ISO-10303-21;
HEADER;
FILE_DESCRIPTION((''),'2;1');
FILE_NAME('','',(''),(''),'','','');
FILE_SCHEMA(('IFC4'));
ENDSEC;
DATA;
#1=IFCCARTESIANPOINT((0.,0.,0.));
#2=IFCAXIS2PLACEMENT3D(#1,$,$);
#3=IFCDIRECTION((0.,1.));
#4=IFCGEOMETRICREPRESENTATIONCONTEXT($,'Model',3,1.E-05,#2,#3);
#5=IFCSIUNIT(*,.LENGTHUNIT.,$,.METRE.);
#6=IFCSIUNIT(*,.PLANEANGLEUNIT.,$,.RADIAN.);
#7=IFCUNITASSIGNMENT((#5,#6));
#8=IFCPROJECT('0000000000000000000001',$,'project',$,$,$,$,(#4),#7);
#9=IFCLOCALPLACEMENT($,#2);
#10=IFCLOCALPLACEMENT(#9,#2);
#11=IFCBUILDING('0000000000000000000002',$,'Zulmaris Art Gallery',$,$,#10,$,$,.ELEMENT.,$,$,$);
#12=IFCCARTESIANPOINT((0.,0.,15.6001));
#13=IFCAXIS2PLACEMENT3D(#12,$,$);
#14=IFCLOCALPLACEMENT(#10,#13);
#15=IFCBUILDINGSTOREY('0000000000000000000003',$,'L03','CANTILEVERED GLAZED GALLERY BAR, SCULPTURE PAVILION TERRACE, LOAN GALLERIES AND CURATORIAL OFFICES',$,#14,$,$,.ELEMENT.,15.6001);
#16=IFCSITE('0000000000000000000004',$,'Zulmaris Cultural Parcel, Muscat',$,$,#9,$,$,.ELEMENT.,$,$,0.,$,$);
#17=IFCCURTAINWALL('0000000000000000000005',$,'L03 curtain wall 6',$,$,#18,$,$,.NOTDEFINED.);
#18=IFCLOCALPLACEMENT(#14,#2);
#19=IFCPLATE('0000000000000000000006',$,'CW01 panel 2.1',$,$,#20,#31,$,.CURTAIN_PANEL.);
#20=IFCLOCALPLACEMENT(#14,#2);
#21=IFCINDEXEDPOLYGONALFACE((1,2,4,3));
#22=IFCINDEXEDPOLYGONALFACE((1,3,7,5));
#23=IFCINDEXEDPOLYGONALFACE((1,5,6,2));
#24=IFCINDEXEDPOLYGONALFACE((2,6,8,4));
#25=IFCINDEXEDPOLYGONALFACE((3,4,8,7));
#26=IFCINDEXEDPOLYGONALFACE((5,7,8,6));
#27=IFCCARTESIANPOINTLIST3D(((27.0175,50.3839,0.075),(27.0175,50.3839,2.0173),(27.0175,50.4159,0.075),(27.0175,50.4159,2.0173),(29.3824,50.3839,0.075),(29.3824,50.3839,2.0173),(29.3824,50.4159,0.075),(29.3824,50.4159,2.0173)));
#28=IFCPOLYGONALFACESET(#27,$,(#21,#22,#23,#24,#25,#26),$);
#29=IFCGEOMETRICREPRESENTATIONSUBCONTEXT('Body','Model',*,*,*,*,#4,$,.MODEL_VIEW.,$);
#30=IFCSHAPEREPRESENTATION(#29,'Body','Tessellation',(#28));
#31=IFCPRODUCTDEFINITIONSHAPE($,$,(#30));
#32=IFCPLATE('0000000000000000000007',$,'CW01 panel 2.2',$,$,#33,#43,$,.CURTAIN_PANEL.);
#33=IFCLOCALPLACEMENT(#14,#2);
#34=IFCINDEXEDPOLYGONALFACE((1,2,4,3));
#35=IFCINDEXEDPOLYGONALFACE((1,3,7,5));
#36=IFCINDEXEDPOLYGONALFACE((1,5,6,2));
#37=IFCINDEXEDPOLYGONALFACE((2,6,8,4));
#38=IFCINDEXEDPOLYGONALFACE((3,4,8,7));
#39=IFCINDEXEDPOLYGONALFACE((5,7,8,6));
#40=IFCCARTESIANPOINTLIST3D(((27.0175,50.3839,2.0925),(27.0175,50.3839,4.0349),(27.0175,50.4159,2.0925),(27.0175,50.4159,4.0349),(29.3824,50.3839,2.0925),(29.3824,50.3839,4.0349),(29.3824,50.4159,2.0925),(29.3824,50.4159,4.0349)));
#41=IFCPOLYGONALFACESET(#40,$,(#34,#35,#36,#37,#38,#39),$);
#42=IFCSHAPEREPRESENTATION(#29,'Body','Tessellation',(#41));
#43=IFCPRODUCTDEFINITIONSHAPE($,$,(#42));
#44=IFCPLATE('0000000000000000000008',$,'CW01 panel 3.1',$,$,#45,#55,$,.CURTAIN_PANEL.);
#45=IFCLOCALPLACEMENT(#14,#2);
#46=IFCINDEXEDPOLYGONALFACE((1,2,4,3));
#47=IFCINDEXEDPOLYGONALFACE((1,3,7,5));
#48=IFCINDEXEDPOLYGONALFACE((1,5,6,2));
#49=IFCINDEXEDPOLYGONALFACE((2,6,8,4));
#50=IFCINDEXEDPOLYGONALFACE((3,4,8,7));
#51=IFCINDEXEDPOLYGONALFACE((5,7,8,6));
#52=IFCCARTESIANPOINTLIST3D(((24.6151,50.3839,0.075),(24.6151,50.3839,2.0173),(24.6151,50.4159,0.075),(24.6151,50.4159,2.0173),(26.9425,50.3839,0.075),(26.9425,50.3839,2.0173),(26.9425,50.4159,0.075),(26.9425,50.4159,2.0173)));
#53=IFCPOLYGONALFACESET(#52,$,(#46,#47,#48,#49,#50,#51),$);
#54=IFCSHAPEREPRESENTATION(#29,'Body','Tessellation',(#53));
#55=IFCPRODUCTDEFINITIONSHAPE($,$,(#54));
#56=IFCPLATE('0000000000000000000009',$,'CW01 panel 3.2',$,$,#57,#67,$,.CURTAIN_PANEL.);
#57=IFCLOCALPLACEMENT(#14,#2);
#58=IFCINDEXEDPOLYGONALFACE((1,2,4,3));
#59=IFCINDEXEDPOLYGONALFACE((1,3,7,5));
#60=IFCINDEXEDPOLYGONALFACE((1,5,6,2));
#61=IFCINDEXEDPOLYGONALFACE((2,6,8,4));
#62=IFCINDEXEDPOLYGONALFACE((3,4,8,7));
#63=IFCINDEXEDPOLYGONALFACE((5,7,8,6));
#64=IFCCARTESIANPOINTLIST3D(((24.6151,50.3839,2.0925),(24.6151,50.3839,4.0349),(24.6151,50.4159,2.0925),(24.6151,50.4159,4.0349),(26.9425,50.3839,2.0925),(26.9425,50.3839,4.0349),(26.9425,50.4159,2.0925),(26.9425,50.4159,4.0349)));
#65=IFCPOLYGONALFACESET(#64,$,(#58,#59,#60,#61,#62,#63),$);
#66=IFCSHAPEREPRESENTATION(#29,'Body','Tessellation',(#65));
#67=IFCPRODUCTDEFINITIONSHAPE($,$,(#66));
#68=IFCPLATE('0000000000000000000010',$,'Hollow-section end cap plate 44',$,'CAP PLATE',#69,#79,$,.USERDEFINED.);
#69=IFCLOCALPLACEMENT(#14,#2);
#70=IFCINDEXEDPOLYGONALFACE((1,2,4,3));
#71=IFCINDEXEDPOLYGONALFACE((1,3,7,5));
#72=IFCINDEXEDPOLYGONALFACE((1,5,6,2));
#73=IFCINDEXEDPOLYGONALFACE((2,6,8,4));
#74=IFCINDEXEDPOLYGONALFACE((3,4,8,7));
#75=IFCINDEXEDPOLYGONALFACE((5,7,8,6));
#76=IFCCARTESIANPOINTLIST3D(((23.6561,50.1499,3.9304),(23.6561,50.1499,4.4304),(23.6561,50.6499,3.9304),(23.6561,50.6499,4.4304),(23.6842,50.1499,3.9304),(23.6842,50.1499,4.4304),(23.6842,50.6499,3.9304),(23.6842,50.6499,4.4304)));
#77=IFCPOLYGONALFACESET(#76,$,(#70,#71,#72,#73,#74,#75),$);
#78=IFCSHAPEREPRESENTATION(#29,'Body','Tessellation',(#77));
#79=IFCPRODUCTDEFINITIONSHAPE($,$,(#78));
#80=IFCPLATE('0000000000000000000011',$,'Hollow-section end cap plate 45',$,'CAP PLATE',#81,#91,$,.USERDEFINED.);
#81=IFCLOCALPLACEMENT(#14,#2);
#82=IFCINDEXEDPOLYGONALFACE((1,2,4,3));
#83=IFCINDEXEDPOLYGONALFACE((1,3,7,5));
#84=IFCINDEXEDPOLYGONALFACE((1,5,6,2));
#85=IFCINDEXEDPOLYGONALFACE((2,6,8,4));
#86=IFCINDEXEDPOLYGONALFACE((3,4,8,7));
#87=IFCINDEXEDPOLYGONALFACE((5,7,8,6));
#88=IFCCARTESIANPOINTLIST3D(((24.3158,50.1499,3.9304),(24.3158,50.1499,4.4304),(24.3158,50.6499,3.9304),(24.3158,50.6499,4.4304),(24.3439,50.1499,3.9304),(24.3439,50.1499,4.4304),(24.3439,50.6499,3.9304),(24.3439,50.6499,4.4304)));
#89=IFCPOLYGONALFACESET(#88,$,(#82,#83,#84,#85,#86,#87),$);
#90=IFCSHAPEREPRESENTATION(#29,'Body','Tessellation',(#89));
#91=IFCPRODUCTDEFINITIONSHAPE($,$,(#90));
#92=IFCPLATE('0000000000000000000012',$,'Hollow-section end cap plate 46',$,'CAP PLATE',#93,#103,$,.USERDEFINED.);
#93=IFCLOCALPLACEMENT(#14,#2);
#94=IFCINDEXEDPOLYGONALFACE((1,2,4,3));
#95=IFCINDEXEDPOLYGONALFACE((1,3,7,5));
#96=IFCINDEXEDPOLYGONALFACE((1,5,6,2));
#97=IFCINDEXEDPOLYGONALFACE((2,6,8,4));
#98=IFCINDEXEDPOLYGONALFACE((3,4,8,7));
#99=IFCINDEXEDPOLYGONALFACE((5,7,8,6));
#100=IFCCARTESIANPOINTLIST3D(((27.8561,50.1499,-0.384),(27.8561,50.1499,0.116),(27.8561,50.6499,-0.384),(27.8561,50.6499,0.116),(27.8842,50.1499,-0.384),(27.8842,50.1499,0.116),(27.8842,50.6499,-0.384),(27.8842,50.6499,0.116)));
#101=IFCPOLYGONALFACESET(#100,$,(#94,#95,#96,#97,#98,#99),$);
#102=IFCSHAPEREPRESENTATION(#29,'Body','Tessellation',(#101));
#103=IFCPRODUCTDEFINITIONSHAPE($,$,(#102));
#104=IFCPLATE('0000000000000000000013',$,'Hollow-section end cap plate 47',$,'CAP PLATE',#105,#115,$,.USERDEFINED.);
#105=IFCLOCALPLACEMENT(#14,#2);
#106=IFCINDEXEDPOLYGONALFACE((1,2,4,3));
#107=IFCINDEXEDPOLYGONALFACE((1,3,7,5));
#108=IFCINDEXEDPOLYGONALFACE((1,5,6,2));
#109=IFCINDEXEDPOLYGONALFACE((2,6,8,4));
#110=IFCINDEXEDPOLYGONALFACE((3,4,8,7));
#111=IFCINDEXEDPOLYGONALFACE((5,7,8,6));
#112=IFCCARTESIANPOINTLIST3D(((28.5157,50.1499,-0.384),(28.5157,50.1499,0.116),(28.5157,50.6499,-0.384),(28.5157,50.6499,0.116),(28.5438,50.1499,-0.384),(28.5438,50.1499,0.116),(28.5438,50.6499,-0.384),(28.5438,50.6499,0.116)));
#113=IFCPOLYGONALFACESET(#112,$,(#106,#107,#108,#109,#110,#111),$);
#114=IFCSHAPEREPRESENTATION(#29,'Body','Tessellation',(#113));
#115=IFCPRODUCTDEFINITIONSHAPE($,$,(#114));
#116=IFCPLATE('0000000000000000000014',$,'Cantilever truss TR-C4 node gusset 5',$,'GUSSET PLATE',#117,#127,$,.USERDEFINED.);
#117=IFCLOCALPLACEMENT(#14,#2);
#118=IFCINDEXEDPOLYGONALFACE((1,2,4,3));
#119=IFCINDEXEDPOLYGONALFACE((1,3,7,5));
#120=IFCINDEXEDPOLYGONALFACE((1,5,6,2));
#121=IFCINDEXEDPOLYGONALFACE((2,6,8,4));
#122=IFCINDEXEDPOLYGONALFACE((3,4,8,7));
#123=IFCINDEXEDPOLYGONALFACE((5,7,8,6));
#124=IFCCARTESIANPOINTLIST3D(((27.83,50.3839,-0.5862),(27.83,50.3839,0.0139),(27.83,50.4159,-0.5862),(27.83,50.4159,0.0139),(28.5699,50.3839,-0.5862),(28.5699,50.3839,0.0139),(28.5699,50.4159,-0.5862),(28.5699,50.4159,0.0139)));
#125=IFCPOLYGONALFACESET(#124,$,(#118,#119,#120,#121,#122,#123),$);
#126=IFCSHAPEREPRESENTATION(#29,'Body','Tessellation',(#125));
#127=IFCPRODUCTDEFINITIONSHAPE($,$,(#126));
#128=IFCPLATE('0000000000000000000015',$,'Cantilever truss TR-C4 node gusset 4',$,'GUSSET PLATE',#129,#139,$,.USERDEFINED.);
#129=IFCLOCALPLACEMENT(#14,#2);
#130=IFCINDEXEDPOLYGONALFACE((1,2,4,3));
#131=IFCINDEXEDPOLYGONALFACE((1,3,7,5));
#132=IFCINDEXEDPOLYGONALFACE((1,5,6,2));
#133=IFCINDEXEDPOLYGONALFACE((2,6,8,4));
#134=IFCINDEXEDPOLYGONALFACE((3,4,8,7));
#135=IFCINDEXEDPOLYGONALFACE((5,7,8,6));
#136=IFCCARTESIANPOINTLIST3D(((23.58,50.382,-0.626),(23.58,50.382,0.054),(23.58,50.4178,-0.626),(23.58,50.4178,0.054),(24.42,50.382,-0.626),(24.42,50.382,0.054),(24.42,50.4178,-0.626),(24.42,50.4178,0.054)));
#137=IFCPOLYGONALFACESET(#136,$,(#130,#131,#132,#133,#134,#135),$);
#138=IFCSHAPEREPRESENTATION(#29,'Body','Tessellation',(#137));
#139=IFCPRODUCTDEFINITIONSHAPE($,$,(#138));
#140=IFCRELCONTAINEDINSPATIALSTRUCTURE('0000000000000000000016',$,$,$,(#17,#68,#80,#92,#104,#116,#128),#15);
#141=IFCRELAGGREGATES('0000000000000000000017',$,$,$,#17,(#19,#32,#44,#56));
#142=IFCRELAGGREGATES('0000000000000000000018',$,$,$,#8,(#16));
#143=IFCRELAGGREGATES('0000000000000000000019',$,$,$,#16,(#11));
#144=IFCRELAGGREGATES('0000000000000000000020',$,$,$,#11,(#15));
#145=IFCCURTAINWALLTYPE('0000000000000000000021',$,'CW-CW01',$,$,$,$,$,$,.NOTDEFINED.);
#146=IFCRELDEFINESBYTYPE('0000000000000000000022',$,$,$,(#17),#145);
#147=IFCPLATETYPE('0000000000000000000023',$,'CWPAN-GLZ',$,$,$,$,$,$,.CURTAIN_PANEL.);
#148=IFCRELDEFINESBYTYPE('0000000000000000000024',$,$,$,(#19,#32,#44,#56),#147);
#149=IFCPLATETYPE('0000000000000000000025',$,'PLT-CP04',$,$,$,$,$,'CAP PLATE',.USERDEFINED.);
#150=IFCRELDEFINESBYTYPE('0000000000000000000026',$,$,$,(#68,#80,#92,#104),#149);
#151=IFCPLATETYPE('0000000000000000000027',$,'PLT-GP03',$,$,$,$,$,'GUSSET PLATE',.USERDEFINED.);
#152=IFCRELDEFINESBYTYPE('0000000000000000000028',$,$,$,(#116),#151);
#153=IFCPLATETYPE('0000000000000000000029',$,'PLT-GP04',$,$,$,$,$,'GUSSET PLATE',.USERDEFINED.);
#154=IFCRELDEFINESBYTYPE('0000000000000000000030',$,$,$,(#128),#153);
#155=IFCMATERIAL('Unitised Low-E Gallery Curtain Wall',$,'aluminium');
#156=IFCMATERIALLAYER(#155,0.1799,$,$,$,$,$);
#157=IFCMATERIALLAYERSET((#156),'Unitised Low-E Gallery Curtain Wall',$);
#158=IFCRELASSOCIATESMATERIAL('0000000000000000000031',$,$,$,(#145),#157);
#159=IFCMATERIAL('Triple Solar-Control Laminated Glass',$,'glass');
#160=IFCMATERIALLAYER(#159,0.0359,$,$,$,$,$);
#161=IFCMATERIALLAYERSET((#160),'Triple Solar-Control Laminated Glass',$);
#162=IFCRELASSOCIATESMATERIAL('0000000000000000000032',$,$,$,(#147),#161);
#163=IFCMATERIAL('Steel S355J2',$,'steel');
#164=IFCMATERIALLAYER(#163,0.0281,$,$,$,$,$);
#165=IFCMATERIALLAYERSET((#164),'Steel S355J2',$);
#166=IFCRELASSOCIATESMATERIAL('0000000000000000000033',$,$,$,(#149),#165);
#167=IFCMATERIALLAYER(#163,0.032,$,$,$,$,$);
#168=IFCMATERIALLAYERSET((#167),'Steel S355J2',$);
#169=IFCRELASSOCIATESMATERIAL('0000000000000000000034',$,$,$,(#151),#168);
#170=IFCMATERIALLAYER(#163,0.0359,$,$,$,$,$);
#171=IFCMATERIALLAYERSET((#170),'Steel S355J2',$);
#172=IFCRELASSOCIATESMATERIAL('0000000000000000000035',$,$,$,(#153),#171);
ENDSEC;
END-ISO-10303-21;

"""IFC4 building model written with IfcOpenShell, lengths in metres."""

from ifc_helpers import new_model, si_unit, direction, frame, origin, origin_2d, place, context, subcontext, project, spatial, rectangle, extrude, material, layer, layer_set, type_object, element, aggregate, save


model = new_model("IFC4")

# Units and contexts
model_context = context("Model", 3, precision=1e-05, world=origin(), true_north=direction((0.0, 1.0)))
body_context = subcontext(model_context, "Body", "Model", "MODEL_VIEW")
ifc_project = project(units=[si_unit("LENGTHUNIT", "METRE"), si_unit("PLANEANGLEUNIT", "RADIAN")], contexts=[model_context])

# Site, building, storey
site_placement = place(None, origin())
site = spatial("IfcSite", under=ifc_project, at=site_placement, Name="Zulmaris Cultural Parcel, Muscat", CompositionType="ELEMENT", RefElevation=0.0)
building_placement = place(site_placement, origin())
building = spatial("IfcBuilding", under=site, at=building_placement, Name="Zulmaris Art Gallery", CompositionType="ELEMENT")
storey_placement = place(building_placement, frame((0.0, 0.0, 15.6001)))
storey = spatial("IfcBuildingStorey", under=building, at=storey_placement, Name="L03", Description="CANTILEVERED GLAZED GALLERY BAR, SCULPTURE PAVILION TERRACE, LOAN GALLERIES AND CURATORIAL OFFICES", CompositionType="ELEMENT", Elevation=15.6001)

# Curtain wall
ifc_material_1 = material(Name="Unitised Low-E Gallery Curtain Wall", Category="aluminium")
ifc_layer_1 = layer(ifc_material_1, 0.1799)
ifc_layer_set_1 = layer_set([ifc_layer_1], Name="Unitised Low-E Gallery Curtain Wall")
curtain_wall_type = type_object("IfcCurtainWallType", Name="CW-CW01", PredefinedType="NOTDEFINED", material=ifc_layer_set_1)
curtain_wall_1_placement = place(storey_placement, origin())
curtain_wall_1 = element("IfcCurtainWall", 1, at=curtain_wall_1_placement, inside=storey, type_object=curtain_wall_type, Name="L03 curtain wall 6", PredefinedType="NOTDEFINED")

# Shared definitions
ifc_material_2 = material(Name="Steel S355J2", Category="steel")

# Plates
ifc_material_3 = material(Name="Triple Solar-Control Laminated Glass", Category="glass")
ifc_layer_2 = layer(ifc_material_3, 0.0359)
ifc_layer_set_2 = layer_set([ifc_layer_2], Name="Triple Solar-Control Laminated Glass")
plate_type_1 = type_object("IfcPlateType", Name="CWPAN-GLZ", PredefinedType="CURTAIN_PANEL", material=ifc_layer_set_2)
plate_1_placement = place(storey_placement, frame((28.2, 50.3999, 0.075), z_axis=(0.0, 0.0, 1.0), x_axis=(-1.0, 0.0, 0.0)))
plate_1 = element("IfcPlate", 2, at=plate_1_placement, type_object=plate_type_1, Name="CW01 panel 2.1", PredefinedType="CURTAIN_PANEL", context=body_context, shape_type="SweptSolid", body=[
    extrude(rectangle(XDim=2.365, YDim=0.032, at=origin_2d()), origin(), (0.0, 0.0, 1.0), 1.9424),
])
plate_2_placement = place(storey_placement, frame((28.2, 50.3999, 2.0925), z_axis=(0.0, 0.0, 1.0), x_axis=(-1.0, 0.0, 0.0)))
plate_2 = element("IfcPlate", 3, at=plate_2_placement, type_object=plate_type_1, Name="CW01 panel 2.2", PredefinedType="CURTAIN_PANEL", context=body_context, shape_type="SweptSolid", body=[
    extrude(rectangle(XDim=2.365, YDim=0.032, at=origin_2d()), origin(), (0.0, 0.0, 1.0), 1.9424),
])
plate_3_placement = place(storey_placement, frame((25.7788, 50.3999, 0.075), z_axis=(0.0, 0.0, 1.0), x_axis=(-1.0, 0.0, 0.0)))
plate_3 = element("IfcPlate", 4, at=plate_3_placement, type_object=plate_type_1, Name="CW01 panel 3.1", PredefinedType="CURTAIN_PANEL", context=body_context, shape_type="SweptSolid", body=[
    extrude(rectangle(XDim=2.3274, YDim=0.032, at=origin_2d()), origin(), (0.0, 0.0, 1.0), 1.9424),
])
plate_4_placement = place(storey_placement, frame((25.7788, 50.3999, 2.0925), z_axis=(0.0, 0.0, 1.0), x_axis=(-1.0, 0.0, 0.0)))
plate_4 = element("IfcPlate", 5, at=plate_4_placement, type_object=plate_type_1, Name="CW01 panel 3.2", PredefinedType="CURTAIN_PANEL", context=body_context, shape_type="SweptSolid", body=[
    extrude(rectangle(XDim=2.3274, YDim=0.032, at=origin_2d()), origin(), (0.0, 0.0, 1.0), 1.9424),
])
aggregate(curtain_wall_1, [plate_1, plate_2, plate_3, plate_4])

# Plates
ifc_layer_3 = layer(ifc_material_2, 0.0281)
ifc_layer_set_3 = layer_set([ifc_layer_3], Name="Steel S355J2")
plate_type_2 = type_object("IfcPlateType", Name="PLT-CP04", ElementType="CAP PLATE", PredefinedType="USERDEFINED", material=ifc_layer_set_3)
for number, where, z_axis, x_axis, name in (
    (6, (23.6702, 50.3999, 3.9304), (0.0, 0.0, 1.0), (1.0, 0.0, 0.0), "Hollow-section end cap plate 44"),
    (7, (24.3298, 50.3999, 3.9304), (0.0, 0.0, 1.0), (1.0, 0.0, 0.0), "Hollow-section end cap plate 45"),
    (8, (27.8701, 50.3999, -0.384), (0.0, 0.0, 1.0), (1.0, 0.0, 0.0), "Hollow-section end cap plate 46"),
    (9, (28.5298, 50.3999, -0.384), (0.0, 0.0, 1.0), (1.0, 0.0, 0.0), "Hollow-section end cap plate 47"),
):
    element("IfcPlate", number, at=place(storey_placement, frame(where, z_axis=z_axis, x_axis=x_axis)), inside=storey, type_object=plate_type_2, Name=name, ObjectType="CAP PLATE", PredefinedType="USERDEFINED", context=body_context, shape_type="SweptSolid", body=[
        extrude(rectangle(XDim=0.0281, YDim=0.5, at=origin_2d()), origin(), (0.0, 0.0, 1.0), 0.5),
    ])
ifc_layer_4 = layer(ifc_material_2, 0.032)
ifc_layer_set_4 = layer_set([ifc_layer_4], Name="Steel S355J2")
plate_type_3 = type_object("IfcPlateType", Name="PLT-GP03", ElementType="GUSSET PLATE", PredefinedType="USERDEFINED", material=ifc_layer_set_4)
plate_5_placement = place(storey_placement, frame((28.2, 50.3999, -0.5862), z_axis=(0.0, 0.0, 1.0), x_axis=(1.0, 0.0, 0.0)))
element("IfcPlate", 10, at=plate_5_placement, inside=storey, type_object=plate_type_3, Name="Cantilever truss TR-C4 node gusset 5", ObjectType="GUSSET PLATE", PredefinedType="USERDEFINED", context=body_context, shape_type="SweptSolid", body=[
    extrude(rectangle(XDim=0.74, YDim=0.032, at=origin_2d()), origin(), (0.0, 0.0, 1.0), 0.6001),
])
ifc_layer_5 = layer(ifc_material_2, 0.0359)
ifc_layer_set_5 = layer_set([ifc_layer_5], Name="Steel S355J2")
plate_type_4 = type_object("IfcPlateType", Name="PLT-GP04", ElementType="GUSSET PLATE", PredefinedType="USERDEFINED", material=ifc_layer_set_5)
plate_6_placement = place(storey_placement, frame((24.0, 50.3999, -0.626), z_axis=(0.0, 0.0, 1.0), x_axis=(1.0, 0.0, 0.0)))
element("IfcPlate", 11, at=plate_6_placement, inside=storey, type_object=plate_type_4, Name="Cantilever truss TR-C4 node gusset 4", ObjectType="GUSSET PLATE", PredefinedType="USERDEFINED", context=body_context, shape_type="SweptSolid", body=[
    extrude(rectangle(XDim=0.8401, YDim=0.0359, at=origin_2d()), origin(), (0.0, 0.0, 1.0), 0.6799),
])

save(model, "model.ifc")
